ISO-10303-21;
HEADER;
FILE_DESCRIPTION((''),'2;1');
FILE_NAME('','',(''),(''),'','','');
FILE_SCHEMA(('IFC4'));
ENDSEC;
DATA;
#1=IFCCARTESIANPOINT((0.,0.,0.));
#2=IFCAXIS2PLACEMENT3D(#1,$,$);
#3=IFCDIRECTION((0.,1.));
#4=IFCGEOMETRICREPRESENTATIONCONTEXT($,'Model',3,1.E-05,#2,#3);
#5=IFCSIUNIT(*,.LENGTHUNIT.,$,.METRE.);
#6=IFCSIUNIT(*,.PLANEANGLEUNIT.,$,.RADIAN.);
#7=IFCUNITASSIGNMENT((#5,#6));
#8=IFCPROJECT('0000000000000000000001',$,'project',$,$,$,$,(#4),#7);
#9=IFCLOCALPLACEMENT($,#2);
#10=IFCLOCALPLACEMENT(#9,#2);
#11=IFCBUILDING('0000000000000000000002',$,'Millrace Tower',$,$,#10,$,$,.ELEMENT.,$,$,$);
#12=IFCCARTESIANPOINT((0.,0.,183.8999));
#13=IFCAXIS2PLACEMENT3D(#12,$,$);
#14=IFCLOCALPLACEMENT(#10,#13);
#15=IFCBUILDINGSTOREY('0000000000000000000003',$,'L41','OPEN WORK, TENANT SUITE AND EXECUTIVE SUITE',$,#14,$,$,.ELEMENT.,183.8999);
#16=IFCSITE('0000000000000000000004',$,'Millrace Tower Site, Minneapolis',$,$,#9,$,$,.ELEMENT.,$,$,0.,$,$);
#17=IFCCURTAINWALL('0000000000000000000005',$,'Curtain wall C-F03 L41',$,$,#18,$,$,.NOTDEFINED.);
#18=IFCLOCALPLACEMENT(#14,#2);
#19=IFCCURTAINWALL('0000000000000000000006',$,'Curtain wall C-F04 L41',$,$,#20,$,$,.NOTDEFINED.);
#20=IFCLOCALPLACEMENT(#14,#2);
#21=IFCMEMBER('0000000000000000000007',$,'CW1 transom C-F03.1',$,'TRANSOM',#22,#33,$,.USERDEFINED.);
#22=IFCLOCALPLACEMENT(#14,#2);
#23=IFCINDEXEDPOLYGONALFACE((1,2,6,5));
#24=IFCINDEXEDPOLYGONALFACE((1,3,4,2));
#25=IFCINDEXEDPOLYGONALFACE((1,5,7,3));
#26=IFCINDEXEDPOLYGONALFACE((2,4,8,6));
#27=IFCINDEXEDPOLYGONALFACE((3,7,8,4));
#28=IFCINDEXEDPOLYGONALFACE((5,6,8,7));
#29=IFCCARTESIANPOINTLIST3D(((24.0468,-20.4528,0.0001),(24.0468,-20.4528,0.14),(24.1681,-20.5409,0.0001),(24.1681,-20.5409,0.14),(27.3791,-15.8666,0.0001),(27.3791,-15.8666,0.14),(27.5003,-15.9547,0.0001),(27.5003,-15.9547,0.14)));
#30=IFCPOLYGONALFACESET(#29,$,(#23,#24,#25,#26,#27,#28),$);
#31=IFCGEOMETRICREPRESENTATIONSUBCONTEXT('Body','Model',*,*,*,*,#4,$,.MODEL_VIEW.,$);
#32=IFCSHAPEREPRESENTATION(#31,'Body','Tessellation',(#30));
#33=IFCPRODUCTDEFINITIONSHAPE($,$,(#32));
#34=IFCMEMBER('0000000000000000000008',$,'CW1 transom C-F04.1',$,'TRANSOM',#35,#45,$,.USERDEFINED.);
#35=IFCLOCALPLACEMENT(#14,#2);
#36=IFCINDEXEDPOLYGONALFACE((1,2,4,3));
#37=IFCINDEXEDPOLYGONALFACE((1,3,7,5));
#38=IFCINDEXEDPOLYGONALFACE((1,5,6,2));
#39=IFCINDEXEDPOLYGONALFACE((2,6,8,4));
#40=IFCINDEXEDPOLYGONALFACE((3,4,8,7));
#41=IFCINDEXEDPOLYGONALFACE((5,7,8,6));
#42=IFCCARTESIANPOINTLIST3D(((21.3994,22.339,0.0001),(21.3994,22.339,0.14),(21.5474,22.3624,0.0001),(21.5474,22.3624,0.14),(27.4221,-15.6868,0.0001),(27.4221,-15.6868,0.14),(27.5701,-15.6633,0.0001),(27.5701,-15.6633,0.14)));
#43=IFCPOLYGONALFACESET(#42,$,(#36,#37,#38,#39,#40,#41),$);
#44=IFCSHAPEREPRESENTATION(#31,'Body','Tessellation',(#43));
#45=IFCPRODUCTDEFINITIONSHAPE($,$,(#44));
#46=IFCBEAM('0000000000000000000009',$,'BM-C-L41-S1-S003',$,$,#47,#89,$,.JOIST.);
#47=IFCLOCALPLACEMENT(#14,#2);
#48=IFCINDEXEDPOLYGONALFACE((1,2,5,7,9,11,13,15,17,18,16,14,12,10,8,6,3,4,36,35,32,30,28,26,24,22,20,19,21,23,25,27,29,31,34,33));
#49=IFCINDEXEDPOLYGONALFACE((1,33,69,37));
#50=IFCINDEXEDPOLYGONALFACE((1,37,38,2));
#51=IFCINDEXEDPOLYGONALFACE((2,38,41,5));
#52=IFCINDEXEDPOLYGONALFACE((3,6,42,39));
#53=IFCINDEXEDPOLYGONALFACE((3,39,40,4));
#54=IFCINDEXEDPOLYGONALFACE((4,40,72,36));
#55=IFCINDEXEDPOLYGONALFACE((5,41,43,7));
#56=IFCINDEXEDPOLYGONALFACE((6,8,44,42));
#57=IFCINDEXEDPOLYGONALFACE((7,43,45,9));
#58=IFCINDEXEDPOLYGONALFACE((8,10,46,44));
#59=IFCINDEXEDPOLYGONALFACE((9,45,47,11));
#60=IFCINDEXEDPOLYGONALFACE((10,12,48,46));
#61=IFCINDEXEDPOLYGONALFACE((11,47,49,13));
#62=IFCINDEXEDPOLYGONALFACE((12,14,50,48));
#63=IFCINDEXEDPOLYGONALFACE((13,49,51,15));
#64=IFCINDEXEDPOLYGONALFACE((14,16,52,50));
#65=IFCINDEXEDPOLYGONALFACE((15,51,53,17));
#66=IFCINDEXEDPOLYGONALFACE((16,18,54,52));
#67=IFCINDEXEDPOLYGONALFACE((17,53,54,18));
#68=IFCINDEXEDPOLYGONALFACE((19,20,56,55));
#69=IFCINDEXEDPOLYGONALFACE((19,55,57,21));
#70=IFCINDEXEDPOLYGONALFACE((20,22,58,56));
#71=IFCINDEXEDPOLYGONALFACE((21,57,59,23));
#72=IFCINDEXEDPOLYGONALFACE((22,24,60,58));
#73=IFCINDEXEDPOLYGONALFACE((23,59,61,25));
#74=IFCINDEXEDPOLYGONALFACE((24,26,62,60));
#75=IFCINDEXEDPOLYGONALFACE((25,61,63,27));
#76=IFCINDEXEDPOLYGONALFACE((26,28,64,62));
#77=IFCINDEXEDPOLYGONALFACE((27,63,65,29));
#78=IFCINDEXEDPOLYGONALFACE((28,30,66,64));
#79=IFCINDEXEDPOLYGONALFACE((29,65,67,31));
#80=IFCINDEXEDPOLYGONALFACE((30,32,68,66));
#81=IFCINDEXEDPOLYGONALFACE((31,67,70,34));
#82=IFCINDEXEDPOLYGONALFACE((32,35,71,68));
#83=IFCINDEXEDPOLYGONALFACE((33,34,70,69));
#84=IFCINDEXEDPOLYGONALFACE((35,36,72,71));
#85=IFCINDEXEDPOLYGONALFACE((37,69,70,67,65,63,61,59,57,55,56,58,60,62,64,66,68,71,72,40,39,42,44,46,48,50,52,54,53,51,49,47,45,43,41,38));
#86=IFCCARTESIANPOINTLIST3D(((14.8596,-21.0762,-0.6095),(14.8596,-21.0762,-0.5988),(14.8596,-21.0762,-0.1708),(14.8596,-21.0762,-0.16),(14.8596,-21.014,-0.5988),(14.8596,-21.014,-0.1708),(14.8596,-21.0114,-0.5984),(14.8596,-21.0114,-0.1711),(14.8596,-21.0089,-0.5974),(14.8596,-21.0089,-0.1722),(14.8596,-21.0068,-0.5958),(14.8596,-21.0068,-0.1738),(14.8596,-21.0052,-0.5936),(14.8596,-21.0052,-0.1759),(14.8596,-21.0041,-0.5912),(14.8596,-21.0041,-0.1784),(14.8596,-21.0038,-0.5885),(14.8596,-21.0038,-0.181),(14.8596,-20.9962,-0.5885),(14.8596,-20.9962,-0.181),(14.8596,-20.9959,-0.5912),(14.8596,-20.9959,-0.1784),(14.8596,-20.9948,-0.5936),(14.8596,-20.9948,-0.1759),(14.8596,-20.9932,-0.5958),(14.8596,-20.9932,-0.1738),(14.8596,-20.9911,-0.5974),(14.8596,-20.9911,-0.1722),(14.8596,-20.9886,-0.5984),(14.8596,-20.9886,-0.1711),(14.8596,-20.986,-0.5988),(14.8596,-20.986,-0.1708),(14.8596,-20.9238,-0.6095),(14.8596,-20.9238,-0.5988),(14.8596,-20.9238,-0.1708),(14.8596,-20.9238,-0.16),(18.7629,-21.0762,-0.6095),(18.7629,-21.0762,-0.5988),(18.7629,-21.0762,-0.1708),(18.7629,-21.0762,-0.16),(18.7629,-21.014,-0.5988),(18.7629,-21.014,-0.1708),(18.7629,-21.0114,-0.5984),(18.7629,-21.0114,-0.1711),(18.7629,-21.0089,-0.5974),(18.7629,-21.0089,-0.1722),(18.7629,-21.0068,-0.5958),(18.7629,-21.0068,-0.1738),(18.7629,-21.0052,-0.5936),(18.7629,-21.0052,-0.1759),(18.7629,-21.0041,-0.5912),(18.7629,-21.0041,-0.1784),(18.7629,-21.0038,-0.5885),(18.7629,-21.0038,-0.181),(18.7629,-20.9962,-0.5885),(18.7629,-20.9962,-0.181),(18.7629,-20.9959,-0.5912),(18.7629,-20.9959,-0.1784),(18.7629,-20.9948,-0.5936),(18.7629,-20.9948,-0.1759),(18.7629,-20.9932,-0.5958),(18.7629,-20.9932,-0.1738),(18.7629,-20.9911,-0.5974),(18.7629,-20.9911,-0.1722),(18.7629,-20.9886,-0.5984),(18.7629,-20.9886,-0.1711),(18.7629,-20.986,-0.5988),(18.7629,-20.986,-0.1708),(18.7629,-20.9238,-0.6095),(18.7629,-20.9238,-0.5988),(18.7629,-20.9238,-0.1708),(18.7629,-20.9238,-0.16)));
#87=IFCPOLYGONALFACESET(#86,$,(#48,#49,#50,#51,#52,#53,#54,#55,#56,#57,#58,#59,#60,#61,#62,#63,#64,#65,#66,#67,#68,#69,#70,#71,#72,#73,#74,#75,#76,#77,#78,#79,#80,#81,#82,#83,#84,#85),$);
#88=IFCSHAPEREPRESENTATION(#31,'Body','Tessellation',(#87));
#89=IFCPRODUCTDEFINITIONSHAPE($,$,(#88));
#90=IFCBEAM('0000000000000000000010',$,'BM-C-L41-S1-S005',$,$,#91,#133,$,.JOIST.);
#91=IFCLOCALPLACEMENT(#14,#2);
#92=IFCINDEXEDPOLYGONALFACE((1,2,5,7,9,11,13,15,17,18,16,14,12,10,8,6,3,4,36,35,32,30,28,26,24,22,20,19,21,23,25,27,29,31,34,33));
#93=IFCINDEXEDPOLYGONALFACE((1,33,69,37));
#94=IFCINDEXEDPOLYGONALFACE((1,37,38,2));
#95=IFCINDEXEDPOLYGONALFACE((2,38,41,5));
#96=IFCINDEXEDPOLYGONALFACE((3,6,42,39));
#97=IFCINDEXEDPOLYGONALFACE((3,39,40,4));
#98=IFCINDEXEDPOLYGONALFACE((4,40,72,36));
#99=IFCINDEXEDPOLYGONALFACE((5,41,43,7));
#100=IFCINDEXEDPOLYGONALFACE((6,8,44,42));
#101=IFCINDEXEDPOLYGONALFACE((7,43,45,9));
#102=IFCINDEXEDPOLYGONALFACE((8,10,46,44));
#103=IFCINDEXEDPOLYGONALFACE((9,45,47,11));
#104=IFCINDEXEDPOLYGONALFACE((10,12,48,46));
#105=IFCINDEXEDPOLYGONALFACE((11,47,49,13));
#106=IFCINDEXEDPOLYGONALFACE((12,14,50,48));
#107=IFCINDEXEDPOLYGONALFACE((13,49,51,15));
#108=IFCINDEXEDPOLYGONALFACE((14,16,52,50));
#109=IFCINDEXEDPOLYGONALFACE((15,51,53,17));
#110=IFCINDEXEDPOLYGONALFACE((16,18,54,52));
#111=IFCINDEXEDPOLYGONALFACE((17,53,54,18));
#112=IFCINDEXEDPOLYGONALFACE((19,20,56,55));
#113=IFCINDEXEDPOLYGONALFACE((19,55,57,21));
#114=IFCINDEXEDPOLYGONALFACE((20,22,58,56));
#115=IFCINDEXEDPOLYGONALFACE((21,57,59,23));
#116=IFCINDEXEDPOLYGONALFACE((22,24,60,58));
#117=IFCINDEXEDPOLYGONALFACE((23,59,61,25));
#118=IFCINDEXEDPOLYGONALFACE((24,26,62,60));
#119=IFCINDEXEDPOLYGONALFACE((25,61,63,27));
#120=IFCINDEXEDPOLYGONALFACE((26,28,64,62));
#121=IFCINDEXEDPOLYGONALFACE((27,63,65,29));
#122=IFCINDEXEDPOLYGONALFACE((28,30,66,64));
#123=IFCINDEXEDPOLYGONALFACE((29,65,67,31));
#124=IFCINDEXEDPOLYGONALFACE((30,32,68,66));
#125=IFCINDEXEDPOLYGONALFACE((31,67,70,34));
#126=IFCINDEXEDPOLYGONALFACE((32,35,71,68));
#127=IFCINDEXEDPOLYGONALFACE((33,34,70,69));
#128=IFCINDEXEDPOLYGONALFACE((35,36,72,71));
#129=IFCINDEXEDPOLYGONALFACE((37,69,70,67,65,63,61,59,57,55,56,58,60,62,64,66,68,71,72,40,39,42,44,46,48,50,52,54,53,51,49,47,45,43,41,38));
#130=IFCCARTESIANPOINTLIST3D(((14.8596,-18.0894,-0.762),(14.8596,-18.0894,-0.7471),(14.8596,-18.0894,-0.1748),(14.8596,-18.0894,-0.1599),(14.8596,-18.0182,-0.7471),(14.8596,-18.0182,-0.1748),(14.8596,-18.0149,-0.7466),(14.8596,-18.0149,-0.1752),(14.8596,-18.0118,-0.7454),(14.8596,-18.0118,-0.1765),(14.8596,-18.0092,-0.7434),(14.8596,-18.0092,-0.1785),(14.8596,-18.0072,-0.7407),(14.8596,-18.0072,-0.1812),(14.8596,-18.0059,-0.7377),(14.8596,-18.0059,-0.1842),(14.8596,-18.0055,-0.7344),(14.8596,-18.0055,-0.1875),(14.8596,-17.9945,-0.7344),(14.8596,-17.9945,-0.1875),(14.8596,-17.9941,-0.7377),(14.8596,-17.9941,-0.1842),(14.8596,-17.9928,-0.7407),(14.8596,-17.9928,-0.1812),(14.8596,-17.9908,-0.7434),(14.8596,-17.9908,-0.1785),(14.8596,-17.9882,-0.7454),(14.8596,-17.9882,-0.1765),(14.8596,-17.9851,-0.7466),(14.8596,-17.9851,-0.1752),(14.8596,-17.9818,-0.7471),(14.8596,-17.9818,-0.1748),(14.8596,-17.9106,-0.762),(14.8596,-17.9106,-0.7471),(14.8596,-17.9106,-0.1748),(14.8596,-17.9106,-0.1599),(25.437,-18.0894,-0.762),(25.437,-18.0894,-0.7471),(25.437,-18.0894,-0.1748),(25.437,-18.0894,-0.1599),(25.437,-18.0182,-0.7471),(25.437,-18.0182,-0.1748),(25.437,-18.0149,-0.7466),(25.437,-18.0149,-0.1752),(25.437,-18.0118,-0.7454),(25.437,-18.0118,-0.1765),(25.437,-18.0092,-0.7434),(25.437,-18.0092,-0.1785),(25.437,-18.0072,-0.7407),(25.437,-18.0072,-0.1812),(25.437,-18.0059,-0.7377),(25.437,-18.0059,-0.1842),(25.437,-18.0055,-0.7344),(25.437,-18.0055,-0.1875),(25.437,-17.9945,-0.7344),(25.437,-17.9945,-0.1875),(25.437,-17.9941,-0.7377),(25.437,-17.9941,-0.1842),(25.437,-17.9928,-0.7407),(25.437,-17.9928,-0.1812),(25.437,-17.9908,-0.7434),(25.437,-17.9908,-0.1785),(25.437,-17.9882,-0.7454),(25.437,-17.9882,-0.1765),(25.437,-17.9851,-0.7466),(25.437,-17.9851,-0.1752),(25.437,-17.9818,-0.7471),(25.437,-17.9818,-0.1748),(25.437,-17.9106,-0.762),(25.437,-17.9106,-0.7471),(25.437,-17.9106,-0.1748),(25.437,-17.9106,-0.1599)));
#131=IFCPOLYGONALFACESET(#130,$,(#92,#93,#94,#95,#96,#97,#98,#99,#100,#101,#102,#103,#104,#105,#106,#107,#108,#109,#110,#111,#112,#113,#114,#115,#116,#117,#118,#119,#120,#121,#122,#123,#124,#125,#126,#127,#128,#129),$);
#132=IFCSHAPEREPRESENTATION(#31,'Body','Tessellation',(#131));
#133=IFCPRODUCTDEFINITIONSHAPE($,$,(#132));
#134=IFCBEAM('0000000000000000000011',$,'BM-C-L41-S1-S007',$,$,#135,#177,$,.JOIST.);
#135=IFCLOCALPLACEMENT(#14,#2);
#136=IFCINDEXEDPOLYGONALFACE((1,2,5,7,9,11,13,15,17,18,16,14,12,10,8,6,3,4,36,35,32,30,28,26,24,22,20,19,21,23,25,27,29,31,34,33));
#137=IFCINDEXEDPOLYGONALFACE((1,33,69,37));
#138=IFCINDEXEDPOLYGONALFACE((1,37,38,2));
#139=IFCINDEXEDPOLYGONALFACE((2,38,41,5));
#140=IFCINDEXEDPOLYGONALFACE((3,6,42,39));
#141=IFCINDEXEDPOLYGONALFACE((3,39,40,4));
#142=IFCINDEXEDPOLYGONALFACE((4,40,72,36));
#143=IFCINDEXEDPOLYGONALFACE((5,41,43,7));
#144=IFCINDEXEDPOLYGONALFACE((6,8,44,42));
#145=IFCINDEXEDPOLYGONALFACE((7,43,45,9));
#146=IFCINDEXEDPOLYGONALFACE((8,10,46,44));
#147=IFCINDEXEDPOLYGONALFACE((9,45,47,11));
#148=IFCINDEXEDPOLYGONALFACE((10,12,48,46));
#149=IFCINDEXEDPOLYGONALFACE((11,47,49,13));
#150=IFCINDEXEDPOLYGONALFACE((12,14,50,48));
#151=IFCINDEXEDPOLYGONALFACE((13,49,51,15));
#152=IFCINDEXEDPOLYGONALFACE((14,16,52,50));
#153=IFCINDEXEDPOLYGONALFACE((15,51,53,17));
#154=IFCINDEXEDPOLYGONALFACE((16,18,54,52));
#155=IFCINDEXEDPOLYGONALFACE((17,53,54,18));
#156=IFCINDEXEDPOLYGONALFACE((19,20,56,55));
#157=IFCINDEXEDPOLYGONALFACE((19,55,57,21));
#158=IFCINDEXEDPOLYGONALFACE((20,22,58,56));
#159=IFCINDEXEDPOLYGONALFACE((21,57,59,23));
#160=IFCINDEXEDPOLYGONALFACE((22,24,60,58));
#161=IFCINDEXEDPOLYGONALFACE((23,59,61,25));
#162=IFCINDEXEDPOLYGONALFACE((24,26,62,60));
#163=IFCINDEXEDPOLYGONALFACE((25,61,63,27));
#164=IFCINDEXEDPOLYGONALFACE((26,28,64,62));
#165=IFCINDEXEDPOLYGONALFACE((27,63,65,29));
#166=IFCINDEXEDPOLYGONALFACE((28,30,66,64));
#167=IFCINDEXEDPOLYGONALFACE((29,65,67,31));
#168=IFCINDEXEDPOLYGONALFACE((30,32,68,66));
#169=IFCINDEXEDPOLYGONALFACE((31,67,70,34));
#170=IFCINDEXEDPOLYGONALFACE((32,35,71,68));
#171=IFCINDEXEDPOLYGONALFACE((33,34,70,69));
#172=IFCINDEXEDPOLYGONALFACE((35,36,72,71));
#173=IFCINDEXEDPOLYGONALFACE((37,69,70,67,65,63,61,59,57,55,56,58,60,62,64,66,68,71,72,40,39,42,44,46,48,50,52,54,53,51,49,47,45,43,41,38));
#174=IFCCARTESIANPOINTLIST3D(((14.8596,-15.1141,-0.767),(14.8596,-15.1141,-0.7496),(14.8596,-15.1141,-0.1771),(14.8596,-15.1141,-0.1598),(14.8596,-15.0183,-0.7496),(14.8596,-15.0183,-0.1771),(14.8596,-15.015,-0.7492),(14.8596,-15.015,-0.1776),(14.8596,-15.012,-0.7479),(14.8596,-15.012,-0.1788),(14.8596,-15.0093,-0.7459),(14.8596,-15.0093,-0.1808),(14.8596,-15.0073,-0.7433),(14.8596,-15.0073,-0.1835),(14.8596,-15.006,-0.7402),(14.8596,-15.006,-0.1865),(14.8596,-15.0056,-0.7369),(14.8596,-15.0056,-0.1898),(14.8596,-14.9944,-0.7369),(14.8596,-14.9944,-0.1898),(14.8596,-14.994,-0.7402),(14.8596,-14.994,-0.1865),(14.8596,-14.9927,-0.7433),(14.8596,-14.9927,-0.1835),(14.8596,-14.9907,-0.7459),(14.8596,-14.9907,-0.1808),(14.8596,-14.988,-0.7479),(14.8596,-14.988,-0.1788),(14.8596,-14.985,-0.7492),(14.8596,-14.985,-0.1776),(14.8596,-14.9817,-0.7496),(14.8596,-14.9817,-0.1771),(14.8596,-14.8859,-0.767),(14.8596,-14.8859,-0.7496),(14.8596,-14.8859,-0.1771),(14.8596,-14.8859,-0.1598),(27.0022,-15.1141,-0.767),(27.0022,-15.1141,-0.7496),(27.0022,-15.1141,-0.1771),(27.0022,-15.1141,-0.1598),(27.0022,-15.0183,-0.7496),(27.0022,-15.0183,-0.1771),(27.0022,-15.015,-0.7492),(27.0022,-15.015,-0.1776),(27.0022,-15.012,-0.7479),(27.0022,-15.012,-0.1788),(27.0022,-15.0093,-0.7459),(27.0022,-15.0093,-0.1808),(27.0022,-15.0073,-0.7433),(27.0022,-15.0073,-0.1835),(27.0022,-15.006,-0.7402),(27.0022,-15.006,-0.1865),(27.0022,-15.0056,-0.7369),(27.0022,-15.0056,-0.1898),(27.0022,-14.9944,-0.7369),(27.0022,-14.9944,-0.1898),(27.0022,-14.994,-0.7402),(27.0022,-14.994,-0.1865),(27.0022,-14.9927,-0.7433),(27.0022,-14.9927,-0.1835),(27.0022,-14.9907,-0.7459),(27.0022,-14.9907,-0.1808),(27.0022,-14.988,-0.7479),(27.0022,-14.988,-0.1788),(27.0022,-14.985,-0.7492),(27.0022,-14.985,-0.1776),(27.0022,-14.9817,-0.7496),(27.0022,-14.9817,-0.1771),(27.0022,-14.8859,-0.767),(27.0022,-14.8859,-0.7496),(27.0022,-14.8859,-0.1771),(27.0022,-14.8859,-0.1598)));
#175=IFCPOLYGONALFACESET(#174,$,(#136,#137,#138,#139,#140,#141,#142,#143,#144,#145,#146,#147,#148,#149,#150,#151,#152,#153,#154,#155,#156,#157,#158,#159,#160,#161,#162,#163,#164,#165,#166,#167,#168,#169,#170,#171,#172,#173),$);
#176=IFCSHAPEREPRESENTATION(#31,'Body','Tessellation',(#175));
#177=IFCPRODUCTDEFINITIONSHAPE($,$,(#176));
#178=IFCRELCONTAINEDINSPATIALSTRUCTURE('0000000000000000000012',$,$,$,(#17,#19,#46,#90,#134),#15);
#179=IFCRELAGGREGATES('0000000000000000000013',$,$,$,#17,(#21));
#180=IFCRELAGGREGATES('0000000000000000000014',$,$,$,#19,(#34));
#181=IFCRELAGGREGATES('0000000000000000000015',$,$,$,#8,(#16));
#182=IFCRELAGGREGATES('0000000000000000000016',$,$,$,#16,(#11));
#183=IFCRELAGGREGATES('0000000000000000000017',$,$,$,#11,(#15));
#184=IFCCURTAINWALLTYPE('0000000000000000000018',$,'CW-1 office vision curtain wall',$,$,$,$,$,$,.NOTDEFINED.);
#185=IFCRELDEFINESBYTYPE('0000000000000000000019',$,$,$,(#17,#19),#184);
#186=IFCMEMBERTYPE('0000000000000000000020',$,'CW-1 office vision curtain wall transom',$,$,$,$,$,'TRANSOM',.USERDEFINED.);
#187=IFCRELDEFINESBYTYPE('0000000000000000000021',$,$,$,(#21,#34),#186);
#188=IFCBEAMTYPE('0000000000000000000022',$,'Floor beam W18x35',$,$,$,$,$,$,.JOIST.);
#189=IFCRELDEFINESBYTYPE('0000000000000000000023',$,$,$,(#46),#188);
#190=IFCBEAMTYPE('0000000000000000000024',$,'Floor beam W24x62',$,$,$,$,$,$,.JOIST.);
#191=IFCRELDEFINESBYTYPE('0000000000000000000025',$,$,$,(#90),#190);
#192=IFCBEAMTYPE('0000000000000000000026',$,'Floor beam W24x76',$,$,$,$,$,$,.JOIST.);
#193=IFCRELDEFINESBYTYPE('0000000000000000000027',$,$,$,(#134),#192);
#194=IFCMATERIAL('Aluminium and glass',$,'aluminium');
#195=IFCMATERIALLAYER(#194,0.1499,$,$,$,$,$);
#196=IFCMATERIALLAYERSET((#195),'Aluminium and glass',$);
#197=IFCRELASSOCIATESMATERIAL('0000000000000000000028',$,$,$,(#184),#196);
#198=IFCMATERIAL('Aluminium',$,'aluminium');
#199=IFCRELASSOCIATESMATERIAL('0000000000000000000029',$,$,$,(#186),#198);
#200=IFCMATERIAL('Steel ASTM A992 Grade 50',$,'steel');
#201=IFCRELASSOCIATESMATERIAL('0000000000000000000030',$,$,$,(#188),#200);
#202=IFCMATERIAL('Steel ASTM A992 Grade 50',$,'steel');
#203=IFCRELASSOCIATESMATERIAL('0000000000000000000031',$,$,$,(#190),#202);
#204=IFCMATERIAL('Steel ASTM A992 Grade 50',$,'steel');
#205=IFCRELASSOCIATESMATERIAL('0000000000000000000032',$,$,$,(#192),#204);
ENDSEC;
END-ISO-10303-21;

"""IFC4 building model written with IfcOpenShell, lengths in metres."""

from ifc_helpers import new_model, si_unit, direction, frame, origin, origin_2d, place, context, subcontext, project, spatial, rectangle, i_section, extrude, material, layer, layer_set, material_profile, profile_set, type_object, element, aggregate, save


model = new_model("IFC4")

# Units and contexts
model_context = context("Model", 3, precision=1e-05, world=origin(), true_north=direction((0.0, 1.0)))
body_context = subcontext(model_context, "Body", "Model", "MODEL_VIEW")
ifc_project = project(units=[si_unit("LENGTHUNIT", "METRE"), si_unit("PLANEANGLEUNIT", "RADIAN")], contexts=[model_context])

# Site, building, storey
site_placement = place(None, origin())
site = spatial("IfcSite", under=ifc_project, at=site_placement, Name="Millrace Tower Site, Minneapolis", CompositionType="ELEMENT", RefElevation=0.0)
building_placement = place(site_placement, origin())
building = spatial("IfcBuilding", under=site, at=building_placement, Name="Millrace Tower", CompositionType="ELEMENT")
storey_placement = place(building_placement, frame((0.0, 0.0, 183.8999)))
storey = spatial("IfcBuildingStorey", under=building, at=storey_placement, Name="L41", Description="OPEN WORK, TENANT SUITE AND EXECUTIVE SUITE", CompositionType="ELEMENT", Elevation=183.8999)

# Shared definitions
ifc_material_1 = material(Name="Aluminium and glass", Category="aluminium")
ifc_layer_1 = layer(ifc_material_1, 0.1499)
ifc_layer_set_1 = layer_set([ifc_layer_1], Name="Aluminium and glass")
curtain_wall_type = type_object("IfcCurtainWallType", Name="CW-1 office vision curtain wall", PredefinedType="NOTDEFINED", material=ifc_layer_set_1)
placement = place(storey_placement, origin())

# Curtain walls
curtain_wall_1 = element("IfcCurtainWall", 1, at=placement, inside=storey, type_object=curtain_wall_type, Name="Curtain wall C-F03 L41", PredefinedType="NOTDEFINED")
curtain_wall_2 = element("IfcCurtainWall", 2, at=placement, inside=storey, type_object=curtain_wall_type, Name="Curtain wall C-F04 L41", PredefinedType="NOTDEFINED")

# Members
ifc_material_2 = material(Name="Aluminium", Category="aluminium")
ifc_material_profile_1 = material_profile(ifc_material_2, rectangle(XDim=0.1499, YDim=0.1399, at=origin_2d()))
ifc_profile_set_1 = profile_set([ifc_material_profile_1], Name="Aluminium")
member_type_1 = type_object("IfcMemberType", Name="CW-1 office vision curtain wall transom", ElementType="TRANSOM", PredefinedType="USERDEFINED", material=ifc_profile_set_1)
member_1_placement = place(storey_placement, frame((24.1074, -20.4968, 0.0701), z_axis=(0.587811, 0.808999, 0.0), x_axis=(-0.808999, 0.587811, 0.0)))
member_1 = element("IfcMember", 3, at=member_1_placement, type_object=member_type_1, Name="CW1 transom C-F03.1", ObjectType="TRANSOM", PredefinedType="USERDEFINED", context=body_context, shape_type="SweptSolid", body=[
    extrude(rectangle(XDim=0.1499, YDim=0.1399, at=origin_2d()), origin(), (0.0, 0.0, 1.0), 5.6689),
])
aggregate(curtain_wall_1, [member_1])
member_2_placement = place(storey_placement, frame((27.4961, -15.675, 0.0701), z_axis=(-0.156434, 0.987688, 0.0), x_axis=(-0.987688, -0.156434, 0.0)))
member_2 = element("IfcMember", 4, at=member_2_placement, type_object=member_type_1, Name="CW1 transom C-F04.1", ObjectType="TRANSOM", PredefinedType="USERDEFINED", context=body_context, shape_type="SweptSolid", body=[
    extrude(rectangle(XDim=0.1499, YDim=0.1399, at=origin_2d()), origin(), (0.0, 0.0, 1.0), 38.4998),
])
aggregate(curtain_wall_2, [member_2])

# Beams
ifc_material_3 = material(Name="Steel ASTM A992 Grade 50", Category="steel")
ifc_material_profile_2 = material_profile(ifc_material_3, i_section(OverallWidth=0.1523, OverallDepth=0.4495, WebThickness=0.0076, FlangeThickness=0.0107, FilletRadius=0.0103, at=origin_2d()))
ifc_profile_set_2 = profile_set([ifc_material_profile_2], Name="Steel ASTM A992 Grade 50")
beam_type_1 = type_object("IfcBeamType", Name="Floor beam W18x35", PredefinedType="JOIST", material=ifc_profile_set_2)
beam_1_placement = place(storey_placement, frame((14.8596, -21.0, -0.3848), z_axis=(1.0, 0.0, 0.0), x_axis=(0.0, 1.0, 0.0)))
element("IfcBeam", 5, at=beam_1_placement, inside=storey, type_object=beam_type_1, Name="BM-C-L41-S1-S003", PredefinedType="JOIST", context=body_context, shape_type="SweptSolid", body=[
    extrude(i_section(OverallWidth=0.1523, OverallDepth=0.4495, WebThickness=0.0076, FlangeThickness=0.0107, FilletRadius=0.0103, at=origin_2d()), origin(), (0.0, 0.0, 1.0), 3.9033),
])
ifc_material_4 = material(Name="Steel ASTM A992 Grade 50", Category="steel")
ifc_material_profile_3 = material_profile(ifc_material_4, i_section(OverallWidth=0.1787, OverallDepth=0.6021, WebThickness=0.011, FlangeThickness=0.0149, FilletRadius=0.0127, at=origin_2d()))
ifc_profile_set_3 = profile_set([ifc_material_profile_3], Name="Steel ASTM A992 Grade 50")
beam_type_2 = type_object("IfcBeamType", Name="Floor beam W24x62", PredefinedType="JOIST", material=ifc_profile_set_3)
beam_2_placement = place(storey_placement, frame((14.8596, -18.0, -0.4609), z_axis=(1.0, 0.0, 0.0), x_axis=(0.0, 1.0, 0.0)))
element("IfcBeam", 6, at=beam_2_placement, inside=storey, type_object=beam_type_2, Name="BM-C-L41-S1-S005", PredefinedType="JOIST", context=body_context, shape_type="SweptSolid", body=[
    extrude(i_section(OverallWidth=0.1787, OverallDepth=0.6021, WebThickness=0.011, FlangeThickness=0.0149, FilletRadius=0.0127, at=origin_2d()), origin(), (0.0, 0.0, 1.0), 10.5774),
])
ifc_material_5 = material(Name="Steel ASTM A992 Grade 50", Category="steel")
ifc_material_profile_4 = material_profile(ifc_material_5, i_section(OverallWidth=0.2283, OverallDepth=0.6072, WebThickness=0.0112, FlangeThickness=0.0173, FilletRadius=0.0127, at=origin_2d()))
ifc_profile_set_4 = profile_set([ifc_material_profile_4], Name="Steel ASTM A992 Grade 50")
beam_type_3 = type_object("IfcBeamType", Name="Floor beam W24x76", PredefinedType="JOIST", material=ifc_profile_set_4)
beam_3_placement = place(storey_placement, frame((14.8596, -15.0, -0.4634), z_axis=(1.0, 0.0, 0.0), x_axis=(0.0, 1.0, 0.0)))
element("IfcBeam", 7, at=beam_3_placement, inside=storey, type_object=beam_type_3, Name="BM-C-L41-S1-S007", PredefinedType="JOIST", context=body_context, shape_type="SweptSolid", body=[
    extrude(i_section(OverallWidth=0.2283, OverallDepth=0.6072, WebThickness=0.0112, FlangeThickness=0.0173, FilletRadius=0.0127, at=origin_2d()), origin(), (0.0, 0.0, 1.0), 12.1426),
])

save(model, "model.ifc")
